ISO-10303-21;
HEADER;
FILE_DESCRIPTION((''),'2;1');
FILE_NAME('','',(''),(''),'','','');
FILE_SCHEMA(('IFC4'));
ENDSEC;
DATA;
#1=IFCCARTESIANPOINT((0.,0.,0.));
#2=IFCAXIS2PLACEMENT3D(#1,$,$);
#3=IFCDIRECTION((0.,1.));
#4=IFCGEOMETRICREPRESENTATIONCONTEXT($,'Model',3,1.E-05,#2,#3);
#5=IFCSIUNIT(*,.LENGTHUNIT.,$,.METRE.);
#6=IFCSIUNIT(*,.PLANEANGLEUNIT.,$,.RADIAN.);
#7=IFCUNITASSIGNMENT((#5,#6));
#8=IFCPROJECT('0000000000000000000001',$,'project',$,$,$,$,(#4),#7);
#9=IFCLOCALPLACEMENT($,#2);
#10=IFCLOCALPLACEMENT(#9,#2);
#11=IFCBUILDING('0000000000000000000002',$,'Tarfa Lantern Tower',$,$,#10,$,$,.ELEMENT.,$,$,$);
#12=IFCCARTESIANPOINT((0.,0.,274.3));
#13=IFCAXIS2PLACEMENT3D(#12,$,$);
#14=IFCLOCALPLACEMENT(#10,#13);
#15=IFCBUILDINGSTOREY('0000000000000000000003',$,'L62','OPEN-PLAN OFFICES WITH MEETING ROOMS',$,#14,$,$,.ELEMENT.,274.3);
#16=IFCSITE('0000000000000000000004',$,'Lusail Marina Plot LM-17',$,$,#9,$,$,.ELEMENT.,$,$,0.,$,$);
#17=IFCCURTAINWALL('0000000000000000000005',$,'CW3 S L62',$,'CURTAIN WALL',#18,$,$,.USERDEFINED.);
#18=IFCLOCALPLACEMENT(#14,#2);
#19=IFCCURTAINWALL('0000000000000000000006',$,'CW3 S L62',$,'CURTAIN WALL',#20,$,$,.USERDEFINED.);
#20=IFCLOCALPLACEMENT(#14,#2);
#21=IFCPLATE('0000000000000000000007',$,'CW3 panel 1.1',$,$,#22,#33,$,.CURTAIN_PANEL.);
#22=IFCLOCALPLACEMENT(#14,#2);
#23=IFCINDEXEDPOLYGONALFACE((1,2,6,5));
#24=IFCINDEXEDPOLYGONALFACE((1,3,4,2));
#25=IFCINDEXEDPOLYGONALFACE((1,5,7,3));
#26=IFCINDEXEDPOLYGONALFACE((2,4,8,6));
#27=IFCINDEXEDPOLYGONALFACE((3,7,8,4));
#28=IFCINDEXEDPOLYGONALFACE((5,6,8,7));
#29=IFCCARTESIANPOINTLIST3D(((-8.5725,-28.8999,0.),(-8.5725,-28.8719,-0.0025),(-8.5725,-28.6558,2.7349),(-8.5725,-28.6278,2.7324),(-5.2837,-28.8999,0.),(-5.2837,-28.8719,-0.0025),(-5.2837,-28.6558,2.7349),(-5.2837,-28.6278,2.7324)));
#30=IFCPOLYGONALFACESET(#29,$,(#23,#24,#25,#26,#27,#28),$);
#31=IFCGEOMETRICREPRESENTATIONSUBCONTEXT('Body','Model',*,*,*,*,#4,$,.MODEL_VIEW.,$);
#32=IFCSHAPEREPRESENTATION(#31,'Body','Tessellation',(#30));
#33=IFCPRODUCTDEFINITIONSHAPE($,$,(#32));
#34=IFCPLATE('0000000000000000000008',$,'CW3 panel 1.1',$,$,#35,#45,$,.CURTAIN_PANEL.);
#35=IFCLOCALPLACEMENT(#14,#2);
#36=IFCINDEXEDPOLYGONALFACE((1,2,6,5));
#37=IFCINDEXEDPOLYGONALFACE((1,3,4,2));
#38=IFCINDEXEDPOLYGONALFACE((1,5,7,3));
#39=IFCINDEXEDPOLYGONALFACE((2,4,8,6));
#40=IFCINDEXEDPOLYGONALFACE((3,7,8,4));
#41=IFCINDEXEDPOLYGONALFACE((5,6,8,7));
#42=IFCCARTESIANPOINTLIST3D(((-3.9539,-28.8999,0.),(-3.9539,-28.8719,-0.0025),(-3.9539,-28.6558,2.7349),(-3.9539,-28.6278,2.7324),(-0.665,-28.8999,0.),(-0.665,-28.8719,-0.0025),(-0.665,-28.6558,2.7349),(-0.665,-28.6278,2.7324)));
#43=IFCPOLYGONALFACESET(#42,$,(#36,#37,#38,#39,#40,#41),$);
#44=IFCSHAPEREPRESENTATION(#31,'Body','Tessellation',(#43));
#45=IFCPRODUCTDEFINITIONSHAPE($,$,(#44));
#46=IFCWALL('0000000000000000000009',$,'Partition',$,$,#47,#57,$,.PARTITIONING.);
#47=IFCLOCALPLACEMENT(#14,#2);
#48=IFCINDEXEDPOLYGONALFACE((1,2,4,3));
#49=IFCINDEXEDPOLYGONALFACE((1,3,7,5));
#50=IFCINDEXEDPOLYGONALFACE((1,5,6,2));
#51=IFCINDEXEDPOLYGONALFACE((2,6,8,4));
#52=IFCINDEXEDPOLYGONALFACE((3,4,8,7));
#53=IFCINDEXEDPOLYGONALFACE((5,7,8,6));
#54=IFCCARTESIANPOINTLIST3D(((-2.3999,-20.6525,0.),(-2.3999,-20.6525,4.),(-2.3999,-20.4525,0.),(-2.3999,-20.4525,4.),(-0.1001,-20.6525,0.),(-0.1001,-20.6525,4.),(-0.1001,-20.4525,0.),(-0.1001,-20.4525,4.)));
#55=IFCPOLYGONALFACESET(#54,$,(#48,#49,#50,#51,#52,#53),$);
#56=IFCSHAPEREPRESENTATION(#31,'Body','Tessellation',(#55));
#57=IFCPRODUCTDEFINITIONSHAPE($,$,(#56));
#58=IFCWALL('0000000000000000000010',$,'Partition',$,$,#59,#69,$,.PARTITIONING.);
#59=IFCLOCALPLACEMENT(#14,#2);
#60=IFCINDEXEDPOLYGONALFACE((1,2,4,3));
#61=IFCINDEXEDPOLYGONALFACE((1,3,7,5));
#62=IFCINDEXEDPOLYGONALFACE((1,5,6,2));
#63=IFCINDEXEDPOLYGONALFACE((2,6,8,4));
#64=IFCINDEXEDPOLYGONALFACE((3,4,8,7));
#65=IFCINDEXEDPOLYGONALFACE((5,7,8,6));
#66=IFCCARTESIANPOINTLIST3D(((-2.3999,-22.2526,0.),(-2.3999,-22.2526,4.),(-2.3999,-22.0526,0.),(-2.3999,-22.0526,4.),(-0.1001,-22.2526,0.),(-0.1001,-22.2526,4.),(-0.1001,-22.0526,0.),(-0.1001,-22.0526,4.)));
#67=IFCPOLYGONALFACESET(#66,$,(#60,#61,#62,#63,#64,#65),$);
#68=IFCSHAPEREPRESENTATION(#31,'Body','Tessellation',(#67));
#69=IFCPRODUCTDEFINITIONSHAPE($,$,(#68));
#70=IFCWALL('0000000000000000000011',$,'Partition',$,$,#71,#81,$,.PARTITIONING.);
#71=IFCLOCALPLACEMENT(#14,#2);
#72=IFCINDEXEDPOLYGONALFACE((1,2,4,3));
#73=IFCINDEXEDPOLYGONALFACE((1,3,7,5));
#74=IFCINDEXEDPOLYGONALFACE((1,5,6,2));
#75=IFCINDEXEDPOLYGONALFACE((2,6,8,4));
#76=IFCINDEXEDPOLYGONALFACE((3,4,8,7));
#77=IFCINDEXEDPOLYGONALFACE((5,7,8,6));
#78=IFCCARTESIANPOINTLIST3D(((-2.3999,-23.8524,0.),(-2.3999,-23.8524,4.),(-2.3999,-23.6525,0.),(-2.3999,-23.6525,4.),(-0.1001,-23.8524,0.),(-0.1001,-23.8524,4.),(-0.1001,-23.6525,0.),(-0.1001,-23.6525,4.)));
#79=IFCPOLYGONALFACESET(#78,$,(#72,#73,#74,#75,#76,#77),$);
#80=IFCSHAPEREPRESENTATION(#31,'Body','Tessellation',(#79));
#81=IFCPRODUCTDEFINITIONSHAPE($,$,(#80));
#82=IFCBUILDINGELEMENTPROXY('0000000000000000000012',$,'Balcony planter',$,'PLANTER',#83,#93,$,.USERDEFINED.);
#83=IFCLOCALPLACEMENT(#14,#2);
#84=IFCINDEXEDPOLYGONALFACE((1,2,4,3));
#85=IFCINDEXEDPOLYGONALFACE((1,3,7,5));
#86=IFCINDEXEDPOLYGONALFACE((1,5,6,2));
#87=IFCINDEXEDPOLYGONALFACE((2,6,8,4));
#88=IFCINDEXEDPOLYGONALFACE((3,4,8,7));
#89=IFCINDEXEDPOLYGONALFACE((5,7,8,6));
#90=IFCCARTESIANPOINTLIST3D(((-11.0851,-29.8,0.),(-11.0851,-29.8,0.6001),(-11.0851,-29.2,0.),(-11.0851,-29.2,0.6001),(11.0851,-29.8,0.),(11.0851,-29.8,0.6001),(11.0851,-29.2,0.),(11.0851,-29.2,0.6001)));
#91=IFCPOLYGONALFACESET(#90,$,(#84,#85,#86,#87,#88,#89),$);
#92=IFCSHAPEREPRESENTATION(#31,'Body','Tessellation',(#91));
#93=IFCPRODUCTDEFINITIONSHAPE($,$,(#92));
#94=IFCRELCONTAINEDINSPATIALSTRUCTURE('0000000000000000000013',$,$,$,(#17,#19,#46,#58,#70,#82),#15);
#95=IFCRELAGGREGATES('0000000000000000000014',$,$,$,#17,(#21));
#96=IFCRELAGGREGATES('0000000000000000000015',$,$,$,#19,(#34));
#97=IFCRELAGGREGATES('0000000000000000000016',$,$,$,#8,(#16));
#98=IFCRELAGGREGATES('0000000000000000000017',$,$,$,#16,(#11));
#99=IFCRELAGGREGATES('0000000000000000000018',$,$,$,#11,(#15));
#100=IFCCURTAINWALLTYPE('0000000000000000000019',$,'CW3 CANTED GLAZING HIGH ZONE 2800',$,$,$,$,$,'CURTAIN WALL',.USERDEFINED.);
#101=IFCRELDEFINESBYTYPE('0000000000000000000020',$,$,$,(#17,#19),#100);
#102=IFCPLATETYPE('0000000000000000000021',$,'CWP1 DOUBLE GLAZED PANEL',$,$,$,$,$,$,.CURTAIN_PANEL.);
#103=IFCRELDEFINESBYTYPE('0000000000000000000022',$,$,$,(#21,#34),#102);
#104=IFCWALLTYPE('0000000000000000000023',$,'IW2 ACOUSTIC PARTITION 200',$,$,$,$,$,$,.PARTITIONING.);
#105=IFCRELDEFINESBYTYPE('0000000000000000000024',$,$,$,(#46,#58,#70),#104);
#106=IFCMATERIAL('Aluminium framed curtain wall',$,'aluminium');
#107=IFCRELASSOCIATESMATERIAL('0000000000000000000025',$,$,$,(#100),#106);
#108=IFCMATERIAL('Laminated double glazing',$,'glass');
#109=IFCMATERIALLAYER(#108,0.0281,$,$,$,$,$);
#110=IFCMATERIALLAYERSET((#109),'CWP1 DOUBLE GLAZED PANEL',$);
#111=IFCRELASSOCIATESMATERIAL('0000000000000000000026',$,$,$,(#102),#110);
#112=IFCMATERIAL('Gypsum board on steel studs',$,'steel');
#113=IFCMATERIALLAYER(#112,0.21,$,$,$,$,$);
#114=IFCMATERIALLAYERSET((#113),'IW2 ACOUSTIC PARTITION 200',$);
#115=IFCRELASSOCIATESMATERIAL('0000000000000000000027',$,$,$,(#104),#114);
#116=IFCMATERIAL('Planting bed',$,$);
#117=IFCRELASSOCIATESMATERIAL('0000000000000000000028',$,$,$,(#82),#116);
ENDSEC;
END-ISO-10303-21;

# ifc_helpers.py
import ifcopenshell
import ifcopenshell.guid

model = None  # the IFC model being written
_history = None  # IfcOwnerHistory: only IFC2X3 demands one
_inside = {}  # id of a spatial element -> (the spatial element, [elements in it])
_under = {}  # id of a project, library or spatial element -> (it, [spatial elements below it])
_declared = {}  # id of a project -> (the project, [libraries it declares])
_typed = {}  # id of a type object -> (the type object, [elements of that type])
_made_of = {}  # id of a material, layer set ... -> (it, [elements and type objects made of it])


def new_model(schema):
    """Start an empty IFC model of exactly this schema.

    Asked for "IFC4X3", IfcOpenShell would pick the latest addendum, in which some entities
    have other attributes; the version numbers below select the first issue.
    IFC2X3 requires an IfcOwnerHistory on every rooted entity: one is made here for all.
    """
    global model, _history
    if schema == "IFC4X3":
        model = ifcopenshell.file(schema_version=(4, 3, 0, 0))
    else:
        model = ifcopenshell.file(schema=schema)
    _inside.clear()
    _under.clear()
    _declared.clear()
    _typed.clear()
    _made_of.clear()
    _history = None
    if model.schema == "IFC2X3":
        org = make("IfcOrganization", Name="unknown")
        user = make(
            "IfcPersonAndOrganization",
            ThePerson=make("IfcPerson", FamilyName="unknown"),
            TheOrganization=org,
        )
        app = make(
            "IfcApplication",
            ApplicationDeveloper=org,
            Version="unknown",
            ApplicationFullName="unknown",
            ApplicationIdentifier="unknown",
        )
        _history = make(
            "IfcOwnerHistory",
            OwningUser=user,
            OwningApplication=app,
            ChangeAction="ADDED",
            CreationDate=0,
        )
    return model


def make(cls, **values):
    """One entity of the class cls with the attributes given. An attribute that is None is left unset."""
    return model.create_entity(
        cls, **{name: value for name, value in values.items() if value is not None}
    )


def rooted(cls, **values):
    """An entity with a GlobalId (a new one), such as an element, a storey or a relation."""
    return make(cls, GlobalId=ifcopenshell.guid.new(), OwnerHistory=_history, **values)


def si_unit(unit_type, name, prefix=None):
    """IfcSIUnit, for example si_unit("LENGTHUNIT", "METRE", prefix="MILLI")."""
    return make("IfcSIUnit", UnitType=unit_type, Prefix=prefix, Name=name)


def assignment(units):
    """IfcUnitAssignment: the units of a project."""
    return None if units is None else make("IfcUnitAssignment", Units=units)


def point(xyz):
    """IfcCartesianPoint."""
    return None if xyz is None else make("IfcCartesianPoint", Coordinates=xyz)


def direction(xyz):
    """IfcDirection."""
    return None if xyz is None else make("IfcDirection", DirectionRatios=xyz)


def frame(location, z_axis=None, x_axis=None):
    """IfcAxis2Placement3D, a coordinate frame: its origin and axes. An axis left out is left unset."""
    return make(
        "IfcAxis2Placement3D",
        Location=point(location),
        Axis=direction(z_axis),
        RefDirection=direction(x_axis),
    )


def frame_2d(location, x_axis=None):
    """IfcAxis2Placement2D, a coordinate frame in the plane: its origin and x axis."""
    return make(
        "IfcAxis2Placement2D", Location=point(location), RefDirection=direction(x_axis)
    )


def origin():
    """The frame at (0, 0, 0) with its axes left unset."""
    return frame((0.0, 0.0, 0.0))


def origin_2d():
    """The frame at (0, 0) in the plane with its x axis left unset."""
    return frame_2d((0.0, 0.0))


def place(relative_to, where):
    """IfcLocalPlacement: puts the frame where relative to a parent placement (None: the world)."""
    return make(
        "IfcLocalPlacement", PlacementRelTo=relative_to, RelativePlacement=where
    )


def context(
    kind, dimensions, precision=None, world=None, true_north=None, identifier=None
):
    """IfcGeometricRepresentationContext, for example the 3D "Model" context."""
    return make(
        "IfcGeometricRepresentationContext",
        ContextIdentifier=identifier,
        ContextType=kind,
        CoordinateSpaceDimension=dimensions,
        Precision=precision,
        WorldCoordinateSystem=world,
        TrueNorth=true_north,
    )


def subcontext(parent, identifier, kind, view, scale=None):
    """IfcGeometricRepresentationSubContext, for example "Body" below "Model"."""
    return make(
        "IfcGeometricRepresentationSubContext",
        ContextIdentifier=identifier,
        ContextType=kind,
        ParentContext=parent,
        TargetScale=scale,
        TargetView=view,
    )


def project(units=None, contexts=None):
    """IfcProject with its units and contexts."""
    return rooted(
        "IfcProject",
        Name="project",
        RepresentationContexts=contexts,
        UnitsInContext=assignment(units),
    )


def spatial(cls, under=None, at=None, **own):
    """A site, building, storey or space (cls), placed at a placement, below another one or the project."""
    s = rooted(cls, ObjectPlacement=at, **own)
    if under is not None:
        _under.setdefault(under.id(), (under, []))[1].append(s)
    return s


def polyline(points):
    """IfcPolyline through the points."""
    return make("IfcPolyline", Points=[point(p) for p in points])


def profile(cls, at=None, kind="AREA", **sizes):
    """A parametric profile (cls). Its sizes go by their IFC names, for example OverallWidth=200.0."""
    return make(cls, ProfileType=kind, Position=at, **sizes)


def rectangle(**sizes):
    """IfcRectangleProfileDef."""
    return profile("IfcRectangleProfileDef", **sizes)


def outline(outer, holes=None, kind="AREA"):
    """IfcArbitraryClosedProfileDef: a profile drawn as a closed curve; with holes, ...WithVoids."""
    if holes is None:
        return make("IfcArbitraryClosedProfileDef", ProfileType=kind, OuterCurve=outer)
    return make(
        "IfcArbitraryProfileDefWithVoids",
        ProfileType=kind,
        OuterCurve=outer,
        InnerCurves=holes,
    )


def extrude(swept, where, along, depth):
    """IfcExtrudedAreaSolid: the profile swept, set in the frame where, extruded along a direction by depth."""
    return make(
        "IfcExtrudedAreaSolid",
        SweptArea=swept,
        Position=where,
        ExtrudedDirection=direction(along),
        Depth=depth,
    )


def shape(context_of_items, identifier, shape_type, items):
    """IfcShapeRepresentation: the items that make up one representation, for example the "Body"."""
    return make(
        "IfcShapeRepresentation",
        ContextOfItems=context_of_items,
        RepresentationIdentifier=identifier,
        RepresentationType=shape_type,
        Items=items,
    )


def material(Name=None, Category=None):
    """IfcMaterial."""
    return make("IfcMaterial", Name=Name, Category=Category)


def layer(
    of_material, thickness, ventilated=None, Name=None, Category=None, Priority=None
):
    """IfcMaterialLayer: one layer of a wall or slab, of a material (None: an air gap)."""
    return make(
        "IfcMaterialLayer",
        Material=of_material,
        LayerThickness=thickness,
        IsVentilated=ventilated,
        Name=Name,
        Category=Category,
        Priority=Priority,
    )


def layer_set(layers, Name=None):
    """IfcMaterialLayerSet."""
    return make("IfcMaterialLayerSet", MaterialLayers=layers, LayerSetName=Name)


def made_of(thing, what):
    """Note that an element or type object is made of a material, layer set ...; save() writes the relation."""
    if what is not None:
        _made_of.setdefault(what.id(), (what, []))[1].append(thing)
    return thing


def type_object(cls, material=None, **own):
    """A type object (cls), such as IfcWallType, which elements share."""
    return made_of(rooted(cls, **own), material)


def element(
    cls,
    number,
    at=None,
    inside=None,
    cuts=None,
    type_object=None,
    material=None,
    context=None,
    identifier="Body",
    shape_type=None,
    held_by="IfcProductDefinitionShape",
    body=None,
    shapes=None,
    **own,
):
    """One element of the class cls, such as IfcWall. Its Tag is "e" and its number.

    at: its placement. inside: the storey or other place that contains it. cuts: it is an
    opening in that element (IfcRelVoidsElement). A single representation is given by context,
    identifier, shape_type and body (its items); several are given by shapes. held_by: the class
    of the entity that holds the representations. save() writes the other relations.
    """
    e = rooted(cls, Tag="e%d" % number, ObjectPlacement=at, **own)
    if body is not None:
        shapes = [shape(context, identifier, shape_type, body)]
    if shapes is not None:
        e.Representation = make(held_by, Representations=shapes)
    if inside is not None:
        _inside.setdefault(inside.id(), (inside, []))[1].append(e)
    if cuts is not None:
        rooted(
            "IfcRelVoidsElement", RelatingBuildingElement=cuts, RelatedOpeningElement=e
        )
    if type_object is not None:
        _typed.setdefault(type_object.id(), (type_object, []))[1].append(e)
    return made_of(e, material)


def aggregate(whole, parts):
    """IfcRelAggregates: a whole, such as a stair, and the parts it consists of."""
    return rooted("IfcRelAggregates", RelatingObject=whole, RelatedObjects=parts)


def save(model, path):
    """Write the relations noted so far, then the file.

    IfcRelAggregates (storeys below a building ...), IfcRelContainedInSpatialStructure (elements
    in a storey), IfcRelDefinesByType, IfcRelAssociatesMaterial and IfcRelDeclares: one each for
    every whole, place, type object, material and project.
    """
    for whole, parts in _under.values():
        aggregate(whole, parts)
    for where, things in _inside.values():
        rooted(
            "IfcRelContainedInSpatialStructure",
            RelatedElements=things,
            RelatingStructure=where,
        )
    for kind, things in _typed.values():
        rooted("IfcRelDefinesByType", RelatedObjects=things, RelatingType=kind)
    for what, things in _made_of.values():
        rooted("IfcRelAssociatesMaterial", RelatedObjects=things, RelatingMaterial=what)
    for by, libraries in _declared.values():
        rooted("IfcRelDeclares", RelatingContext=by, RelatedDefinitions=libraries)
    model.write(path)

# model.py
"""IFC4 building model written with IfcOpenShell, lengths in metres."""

from ifc_helpers import new_model, si_unit, direction, frame, frame_2d, origin, origin_2d, place, context, subcontext, project, spatial, polyline, rectangle, outline, extrude, material, layer, layer_set, type_object, element, aggregate, save


model = new_model("IFC4")

# Units and contexts
model_context = context("Model", 3, precision=1e-05, world=origin(), true_north=direction((0.0, 1.0)))
body_context = subcontext(model_context, "Body", "Model", "MODEL_VIEW")
ifc_project = project(units=[si_unit("LENGTHUNIT", "METRE"), si_unit("PLANEANGLEUNIT", "RADIAN")], contexts=[model_context])

# Site, building, storey
site_placement = place(None, origin())
site = spatial("IfcSite", under=ifc_project, at=site_placement, Name="Lusail Marina Plot LM-17", CompositionType="ELEMENT", RefElevation=0.0)
building_placement = place(site_placement, origin())
building = spatial("IfcBuilding", under=site, at=building_placement, Name="Tarfa Lantern Tower", CompositionType="ELEMENT")
storey_placement = place(building_placement, frame((0.0, 0.0, 274.3)))
storey = spatial("IfcBuildingStorey", under=building, at=storey_placement, Name="L62", Description="OPEN-PLAN OFFICES WITH MEETING ROOMS", CompositionType="ELEMENT", Elevation=274.3)

# Shared definitions
ifc_material_1 = material(Name="Aluminium framed curtain wall", Category="aluminium")
curtain_wall_type = type_object("IfcCurtainWallType", Name="CW3 CANTED GLAZING HIGH ZONE 2800", ElementType="CURTAIN WALL", PredefinedType="USERDEFINED", material=ifc_material_1)

# Curtain walls
curtain_wall_1_placement = place(storey_placement, origin())
curtain_wall_1 = element("IfcCurtainWall", 1, at=curtain_wall_1_placement, inside=storey, type_object=curtain_wall_type, Name="CW3 S L62", ObjectType="CURTAIN WALL", PredefinedType="USERDEFINED")
curtain_wall_2_placement = place(storey_placement, origin())
curtain_wall_2 = element("IfcCurtainWall", 2, at=curtain_wall_2_placement, inside=storey, type_object=curtain_wall_type, Name="CW3 S L62", ObjectType="CURTAIN WALL", PredefinedType="USERDEFINED")

# Plates
ifc_material_2 = material(Name="Laminated double glazing", Category="glass")
ifc_layer_1 = layer(ifc_material_2, 0.0281)
ifc_layer_set_1 = layer_set([ifc_layer_1], Name="CWP1 DOUBLE GLAZED PANEL")
plate_type = type_object("IfcPlateType", Name="CWP1 DOUBLE GLAZED PANEL", PredefinedType="CURTAIN_PANEL", material=ifc_layer_set_1)
plate_1_placement = place(storey_placement, frame((-8.5725, -28.8999, 0.0), z_axis=(0.0, -0.996039, 0.088916), x_axis=(1.0, 0.0, 0.0)))
plate_1 = element("IfcPlate", 3, at=plate_1_placement, type_object=plate_type, Name="CW3 panel 1.1", PredefinedType="CURTAIN_PANEL", context=body_context, shape_type="SweptSolid", body=[
    extrude(outline(polyline([(0.0, 0.0), (3.2888, 0.0), (3.2888, 2.7457), (0.0, 2.7457), (0.0, 0.0)])), origin(), (0.0, 0.0, -1.0), 0.0281),
])
aggregate(curtain_wall_1, [plate_1])
plate_2_placement = place(storey_placement, frame((-3.9539, -28.8999, 0.0), z_axis=(0.0, -0.996039, 0.088916), x_axis=(1.0, 0.0, 0.0)))
plate_2 = element("IfcPlate", 4, at=plate_2_placement, type_object=plate_type, Name="CW3 panel 1.1", PredefinedType="CURTAIN_PANEL", context=body_context, shape_type="SweptSolid", body=[
    extrude(outline(polyline([(0.0, 0.0), (3.2888, 0.0), (3.2888, 2.7457), (0.0, 2.7457), (0.0, 0.0)])), origin(), (0.0, 0.0, -1.0), 0.0281),
])
aggregate(curtain_wall_2, [plate_2])

# Walls
ifc_material_3 = material(Name="Gypsum board on steel studs", Category="steel")
ifc_layer_2 = layer(ifc_material_3, 0.21)
ifc_layer_set_2 = layer_set([ifc_layer_2], Name="IW2 ACOUSTIC PARTITION 200")
wall_type = type_object("IfcWallType", Name="IW2 ACOUSTIC PARTITION 200", PredefinedType="PARTITIONING", material=ifc_layer_set_2)
for number, where, z_axis, x_axis, name in (
    (5, (-0.1001, -20.5525, 0.0), (0.0, 0.0, 1.0), (-1.0, 0.0, 0.0), "Partition"),
    (6, (-0.1001, -22.1526, 0.0), (0.0, 0.0, 1.0), (-1.0, 0.0, 0.0), "Partition"),
    (7, (-0.1001, -23.7524, 0.0), (0.0, 0.0, 1.0), (-1.0, 0.0, 0.0), "Partition"),
):
    element("IfcWall", number, at=place(storey_placement, frame(where, z_axis=z_axis, x_axis=x_axis)), inside=storey, type_object=wall_type, Name=name, PredefinedType="PARTITIONING", context=body_context, shape_type="SweptSolid", body=[
        extrude(rectangle(XDim=2.2998, YDim=0.2, at=frame_2d((1.1499, 0.0))), origin(), (0.0, 0.0, 1.0), 4.0),
    ])

# Building element proxy
ifc_material_4 = material(Name="Planting bed")
proxy_placement = place(storey_placement, frame((0.0, -29.5, 0.0), z_axis=(0.0, 0.0, 1.0), x_axis=(1.0, 0.0, 0.0)))
element("IfcBuildingElementProxy", 8, at=proxy_placement, inside=storey, material=ifc_material_4, Name="Balcony planter", ObjectType="PLANTER", PredefinedType="USERDEFINED", context=body_context, shape_type="SweptSolid", body=[
    extrude(rectangle(XDim=22.1702, YDim=0.6001, at=origin_2d()), origin(), (0.0, 0.0, 1.0), 0.6001),
])

save(model, "model.ifc")
